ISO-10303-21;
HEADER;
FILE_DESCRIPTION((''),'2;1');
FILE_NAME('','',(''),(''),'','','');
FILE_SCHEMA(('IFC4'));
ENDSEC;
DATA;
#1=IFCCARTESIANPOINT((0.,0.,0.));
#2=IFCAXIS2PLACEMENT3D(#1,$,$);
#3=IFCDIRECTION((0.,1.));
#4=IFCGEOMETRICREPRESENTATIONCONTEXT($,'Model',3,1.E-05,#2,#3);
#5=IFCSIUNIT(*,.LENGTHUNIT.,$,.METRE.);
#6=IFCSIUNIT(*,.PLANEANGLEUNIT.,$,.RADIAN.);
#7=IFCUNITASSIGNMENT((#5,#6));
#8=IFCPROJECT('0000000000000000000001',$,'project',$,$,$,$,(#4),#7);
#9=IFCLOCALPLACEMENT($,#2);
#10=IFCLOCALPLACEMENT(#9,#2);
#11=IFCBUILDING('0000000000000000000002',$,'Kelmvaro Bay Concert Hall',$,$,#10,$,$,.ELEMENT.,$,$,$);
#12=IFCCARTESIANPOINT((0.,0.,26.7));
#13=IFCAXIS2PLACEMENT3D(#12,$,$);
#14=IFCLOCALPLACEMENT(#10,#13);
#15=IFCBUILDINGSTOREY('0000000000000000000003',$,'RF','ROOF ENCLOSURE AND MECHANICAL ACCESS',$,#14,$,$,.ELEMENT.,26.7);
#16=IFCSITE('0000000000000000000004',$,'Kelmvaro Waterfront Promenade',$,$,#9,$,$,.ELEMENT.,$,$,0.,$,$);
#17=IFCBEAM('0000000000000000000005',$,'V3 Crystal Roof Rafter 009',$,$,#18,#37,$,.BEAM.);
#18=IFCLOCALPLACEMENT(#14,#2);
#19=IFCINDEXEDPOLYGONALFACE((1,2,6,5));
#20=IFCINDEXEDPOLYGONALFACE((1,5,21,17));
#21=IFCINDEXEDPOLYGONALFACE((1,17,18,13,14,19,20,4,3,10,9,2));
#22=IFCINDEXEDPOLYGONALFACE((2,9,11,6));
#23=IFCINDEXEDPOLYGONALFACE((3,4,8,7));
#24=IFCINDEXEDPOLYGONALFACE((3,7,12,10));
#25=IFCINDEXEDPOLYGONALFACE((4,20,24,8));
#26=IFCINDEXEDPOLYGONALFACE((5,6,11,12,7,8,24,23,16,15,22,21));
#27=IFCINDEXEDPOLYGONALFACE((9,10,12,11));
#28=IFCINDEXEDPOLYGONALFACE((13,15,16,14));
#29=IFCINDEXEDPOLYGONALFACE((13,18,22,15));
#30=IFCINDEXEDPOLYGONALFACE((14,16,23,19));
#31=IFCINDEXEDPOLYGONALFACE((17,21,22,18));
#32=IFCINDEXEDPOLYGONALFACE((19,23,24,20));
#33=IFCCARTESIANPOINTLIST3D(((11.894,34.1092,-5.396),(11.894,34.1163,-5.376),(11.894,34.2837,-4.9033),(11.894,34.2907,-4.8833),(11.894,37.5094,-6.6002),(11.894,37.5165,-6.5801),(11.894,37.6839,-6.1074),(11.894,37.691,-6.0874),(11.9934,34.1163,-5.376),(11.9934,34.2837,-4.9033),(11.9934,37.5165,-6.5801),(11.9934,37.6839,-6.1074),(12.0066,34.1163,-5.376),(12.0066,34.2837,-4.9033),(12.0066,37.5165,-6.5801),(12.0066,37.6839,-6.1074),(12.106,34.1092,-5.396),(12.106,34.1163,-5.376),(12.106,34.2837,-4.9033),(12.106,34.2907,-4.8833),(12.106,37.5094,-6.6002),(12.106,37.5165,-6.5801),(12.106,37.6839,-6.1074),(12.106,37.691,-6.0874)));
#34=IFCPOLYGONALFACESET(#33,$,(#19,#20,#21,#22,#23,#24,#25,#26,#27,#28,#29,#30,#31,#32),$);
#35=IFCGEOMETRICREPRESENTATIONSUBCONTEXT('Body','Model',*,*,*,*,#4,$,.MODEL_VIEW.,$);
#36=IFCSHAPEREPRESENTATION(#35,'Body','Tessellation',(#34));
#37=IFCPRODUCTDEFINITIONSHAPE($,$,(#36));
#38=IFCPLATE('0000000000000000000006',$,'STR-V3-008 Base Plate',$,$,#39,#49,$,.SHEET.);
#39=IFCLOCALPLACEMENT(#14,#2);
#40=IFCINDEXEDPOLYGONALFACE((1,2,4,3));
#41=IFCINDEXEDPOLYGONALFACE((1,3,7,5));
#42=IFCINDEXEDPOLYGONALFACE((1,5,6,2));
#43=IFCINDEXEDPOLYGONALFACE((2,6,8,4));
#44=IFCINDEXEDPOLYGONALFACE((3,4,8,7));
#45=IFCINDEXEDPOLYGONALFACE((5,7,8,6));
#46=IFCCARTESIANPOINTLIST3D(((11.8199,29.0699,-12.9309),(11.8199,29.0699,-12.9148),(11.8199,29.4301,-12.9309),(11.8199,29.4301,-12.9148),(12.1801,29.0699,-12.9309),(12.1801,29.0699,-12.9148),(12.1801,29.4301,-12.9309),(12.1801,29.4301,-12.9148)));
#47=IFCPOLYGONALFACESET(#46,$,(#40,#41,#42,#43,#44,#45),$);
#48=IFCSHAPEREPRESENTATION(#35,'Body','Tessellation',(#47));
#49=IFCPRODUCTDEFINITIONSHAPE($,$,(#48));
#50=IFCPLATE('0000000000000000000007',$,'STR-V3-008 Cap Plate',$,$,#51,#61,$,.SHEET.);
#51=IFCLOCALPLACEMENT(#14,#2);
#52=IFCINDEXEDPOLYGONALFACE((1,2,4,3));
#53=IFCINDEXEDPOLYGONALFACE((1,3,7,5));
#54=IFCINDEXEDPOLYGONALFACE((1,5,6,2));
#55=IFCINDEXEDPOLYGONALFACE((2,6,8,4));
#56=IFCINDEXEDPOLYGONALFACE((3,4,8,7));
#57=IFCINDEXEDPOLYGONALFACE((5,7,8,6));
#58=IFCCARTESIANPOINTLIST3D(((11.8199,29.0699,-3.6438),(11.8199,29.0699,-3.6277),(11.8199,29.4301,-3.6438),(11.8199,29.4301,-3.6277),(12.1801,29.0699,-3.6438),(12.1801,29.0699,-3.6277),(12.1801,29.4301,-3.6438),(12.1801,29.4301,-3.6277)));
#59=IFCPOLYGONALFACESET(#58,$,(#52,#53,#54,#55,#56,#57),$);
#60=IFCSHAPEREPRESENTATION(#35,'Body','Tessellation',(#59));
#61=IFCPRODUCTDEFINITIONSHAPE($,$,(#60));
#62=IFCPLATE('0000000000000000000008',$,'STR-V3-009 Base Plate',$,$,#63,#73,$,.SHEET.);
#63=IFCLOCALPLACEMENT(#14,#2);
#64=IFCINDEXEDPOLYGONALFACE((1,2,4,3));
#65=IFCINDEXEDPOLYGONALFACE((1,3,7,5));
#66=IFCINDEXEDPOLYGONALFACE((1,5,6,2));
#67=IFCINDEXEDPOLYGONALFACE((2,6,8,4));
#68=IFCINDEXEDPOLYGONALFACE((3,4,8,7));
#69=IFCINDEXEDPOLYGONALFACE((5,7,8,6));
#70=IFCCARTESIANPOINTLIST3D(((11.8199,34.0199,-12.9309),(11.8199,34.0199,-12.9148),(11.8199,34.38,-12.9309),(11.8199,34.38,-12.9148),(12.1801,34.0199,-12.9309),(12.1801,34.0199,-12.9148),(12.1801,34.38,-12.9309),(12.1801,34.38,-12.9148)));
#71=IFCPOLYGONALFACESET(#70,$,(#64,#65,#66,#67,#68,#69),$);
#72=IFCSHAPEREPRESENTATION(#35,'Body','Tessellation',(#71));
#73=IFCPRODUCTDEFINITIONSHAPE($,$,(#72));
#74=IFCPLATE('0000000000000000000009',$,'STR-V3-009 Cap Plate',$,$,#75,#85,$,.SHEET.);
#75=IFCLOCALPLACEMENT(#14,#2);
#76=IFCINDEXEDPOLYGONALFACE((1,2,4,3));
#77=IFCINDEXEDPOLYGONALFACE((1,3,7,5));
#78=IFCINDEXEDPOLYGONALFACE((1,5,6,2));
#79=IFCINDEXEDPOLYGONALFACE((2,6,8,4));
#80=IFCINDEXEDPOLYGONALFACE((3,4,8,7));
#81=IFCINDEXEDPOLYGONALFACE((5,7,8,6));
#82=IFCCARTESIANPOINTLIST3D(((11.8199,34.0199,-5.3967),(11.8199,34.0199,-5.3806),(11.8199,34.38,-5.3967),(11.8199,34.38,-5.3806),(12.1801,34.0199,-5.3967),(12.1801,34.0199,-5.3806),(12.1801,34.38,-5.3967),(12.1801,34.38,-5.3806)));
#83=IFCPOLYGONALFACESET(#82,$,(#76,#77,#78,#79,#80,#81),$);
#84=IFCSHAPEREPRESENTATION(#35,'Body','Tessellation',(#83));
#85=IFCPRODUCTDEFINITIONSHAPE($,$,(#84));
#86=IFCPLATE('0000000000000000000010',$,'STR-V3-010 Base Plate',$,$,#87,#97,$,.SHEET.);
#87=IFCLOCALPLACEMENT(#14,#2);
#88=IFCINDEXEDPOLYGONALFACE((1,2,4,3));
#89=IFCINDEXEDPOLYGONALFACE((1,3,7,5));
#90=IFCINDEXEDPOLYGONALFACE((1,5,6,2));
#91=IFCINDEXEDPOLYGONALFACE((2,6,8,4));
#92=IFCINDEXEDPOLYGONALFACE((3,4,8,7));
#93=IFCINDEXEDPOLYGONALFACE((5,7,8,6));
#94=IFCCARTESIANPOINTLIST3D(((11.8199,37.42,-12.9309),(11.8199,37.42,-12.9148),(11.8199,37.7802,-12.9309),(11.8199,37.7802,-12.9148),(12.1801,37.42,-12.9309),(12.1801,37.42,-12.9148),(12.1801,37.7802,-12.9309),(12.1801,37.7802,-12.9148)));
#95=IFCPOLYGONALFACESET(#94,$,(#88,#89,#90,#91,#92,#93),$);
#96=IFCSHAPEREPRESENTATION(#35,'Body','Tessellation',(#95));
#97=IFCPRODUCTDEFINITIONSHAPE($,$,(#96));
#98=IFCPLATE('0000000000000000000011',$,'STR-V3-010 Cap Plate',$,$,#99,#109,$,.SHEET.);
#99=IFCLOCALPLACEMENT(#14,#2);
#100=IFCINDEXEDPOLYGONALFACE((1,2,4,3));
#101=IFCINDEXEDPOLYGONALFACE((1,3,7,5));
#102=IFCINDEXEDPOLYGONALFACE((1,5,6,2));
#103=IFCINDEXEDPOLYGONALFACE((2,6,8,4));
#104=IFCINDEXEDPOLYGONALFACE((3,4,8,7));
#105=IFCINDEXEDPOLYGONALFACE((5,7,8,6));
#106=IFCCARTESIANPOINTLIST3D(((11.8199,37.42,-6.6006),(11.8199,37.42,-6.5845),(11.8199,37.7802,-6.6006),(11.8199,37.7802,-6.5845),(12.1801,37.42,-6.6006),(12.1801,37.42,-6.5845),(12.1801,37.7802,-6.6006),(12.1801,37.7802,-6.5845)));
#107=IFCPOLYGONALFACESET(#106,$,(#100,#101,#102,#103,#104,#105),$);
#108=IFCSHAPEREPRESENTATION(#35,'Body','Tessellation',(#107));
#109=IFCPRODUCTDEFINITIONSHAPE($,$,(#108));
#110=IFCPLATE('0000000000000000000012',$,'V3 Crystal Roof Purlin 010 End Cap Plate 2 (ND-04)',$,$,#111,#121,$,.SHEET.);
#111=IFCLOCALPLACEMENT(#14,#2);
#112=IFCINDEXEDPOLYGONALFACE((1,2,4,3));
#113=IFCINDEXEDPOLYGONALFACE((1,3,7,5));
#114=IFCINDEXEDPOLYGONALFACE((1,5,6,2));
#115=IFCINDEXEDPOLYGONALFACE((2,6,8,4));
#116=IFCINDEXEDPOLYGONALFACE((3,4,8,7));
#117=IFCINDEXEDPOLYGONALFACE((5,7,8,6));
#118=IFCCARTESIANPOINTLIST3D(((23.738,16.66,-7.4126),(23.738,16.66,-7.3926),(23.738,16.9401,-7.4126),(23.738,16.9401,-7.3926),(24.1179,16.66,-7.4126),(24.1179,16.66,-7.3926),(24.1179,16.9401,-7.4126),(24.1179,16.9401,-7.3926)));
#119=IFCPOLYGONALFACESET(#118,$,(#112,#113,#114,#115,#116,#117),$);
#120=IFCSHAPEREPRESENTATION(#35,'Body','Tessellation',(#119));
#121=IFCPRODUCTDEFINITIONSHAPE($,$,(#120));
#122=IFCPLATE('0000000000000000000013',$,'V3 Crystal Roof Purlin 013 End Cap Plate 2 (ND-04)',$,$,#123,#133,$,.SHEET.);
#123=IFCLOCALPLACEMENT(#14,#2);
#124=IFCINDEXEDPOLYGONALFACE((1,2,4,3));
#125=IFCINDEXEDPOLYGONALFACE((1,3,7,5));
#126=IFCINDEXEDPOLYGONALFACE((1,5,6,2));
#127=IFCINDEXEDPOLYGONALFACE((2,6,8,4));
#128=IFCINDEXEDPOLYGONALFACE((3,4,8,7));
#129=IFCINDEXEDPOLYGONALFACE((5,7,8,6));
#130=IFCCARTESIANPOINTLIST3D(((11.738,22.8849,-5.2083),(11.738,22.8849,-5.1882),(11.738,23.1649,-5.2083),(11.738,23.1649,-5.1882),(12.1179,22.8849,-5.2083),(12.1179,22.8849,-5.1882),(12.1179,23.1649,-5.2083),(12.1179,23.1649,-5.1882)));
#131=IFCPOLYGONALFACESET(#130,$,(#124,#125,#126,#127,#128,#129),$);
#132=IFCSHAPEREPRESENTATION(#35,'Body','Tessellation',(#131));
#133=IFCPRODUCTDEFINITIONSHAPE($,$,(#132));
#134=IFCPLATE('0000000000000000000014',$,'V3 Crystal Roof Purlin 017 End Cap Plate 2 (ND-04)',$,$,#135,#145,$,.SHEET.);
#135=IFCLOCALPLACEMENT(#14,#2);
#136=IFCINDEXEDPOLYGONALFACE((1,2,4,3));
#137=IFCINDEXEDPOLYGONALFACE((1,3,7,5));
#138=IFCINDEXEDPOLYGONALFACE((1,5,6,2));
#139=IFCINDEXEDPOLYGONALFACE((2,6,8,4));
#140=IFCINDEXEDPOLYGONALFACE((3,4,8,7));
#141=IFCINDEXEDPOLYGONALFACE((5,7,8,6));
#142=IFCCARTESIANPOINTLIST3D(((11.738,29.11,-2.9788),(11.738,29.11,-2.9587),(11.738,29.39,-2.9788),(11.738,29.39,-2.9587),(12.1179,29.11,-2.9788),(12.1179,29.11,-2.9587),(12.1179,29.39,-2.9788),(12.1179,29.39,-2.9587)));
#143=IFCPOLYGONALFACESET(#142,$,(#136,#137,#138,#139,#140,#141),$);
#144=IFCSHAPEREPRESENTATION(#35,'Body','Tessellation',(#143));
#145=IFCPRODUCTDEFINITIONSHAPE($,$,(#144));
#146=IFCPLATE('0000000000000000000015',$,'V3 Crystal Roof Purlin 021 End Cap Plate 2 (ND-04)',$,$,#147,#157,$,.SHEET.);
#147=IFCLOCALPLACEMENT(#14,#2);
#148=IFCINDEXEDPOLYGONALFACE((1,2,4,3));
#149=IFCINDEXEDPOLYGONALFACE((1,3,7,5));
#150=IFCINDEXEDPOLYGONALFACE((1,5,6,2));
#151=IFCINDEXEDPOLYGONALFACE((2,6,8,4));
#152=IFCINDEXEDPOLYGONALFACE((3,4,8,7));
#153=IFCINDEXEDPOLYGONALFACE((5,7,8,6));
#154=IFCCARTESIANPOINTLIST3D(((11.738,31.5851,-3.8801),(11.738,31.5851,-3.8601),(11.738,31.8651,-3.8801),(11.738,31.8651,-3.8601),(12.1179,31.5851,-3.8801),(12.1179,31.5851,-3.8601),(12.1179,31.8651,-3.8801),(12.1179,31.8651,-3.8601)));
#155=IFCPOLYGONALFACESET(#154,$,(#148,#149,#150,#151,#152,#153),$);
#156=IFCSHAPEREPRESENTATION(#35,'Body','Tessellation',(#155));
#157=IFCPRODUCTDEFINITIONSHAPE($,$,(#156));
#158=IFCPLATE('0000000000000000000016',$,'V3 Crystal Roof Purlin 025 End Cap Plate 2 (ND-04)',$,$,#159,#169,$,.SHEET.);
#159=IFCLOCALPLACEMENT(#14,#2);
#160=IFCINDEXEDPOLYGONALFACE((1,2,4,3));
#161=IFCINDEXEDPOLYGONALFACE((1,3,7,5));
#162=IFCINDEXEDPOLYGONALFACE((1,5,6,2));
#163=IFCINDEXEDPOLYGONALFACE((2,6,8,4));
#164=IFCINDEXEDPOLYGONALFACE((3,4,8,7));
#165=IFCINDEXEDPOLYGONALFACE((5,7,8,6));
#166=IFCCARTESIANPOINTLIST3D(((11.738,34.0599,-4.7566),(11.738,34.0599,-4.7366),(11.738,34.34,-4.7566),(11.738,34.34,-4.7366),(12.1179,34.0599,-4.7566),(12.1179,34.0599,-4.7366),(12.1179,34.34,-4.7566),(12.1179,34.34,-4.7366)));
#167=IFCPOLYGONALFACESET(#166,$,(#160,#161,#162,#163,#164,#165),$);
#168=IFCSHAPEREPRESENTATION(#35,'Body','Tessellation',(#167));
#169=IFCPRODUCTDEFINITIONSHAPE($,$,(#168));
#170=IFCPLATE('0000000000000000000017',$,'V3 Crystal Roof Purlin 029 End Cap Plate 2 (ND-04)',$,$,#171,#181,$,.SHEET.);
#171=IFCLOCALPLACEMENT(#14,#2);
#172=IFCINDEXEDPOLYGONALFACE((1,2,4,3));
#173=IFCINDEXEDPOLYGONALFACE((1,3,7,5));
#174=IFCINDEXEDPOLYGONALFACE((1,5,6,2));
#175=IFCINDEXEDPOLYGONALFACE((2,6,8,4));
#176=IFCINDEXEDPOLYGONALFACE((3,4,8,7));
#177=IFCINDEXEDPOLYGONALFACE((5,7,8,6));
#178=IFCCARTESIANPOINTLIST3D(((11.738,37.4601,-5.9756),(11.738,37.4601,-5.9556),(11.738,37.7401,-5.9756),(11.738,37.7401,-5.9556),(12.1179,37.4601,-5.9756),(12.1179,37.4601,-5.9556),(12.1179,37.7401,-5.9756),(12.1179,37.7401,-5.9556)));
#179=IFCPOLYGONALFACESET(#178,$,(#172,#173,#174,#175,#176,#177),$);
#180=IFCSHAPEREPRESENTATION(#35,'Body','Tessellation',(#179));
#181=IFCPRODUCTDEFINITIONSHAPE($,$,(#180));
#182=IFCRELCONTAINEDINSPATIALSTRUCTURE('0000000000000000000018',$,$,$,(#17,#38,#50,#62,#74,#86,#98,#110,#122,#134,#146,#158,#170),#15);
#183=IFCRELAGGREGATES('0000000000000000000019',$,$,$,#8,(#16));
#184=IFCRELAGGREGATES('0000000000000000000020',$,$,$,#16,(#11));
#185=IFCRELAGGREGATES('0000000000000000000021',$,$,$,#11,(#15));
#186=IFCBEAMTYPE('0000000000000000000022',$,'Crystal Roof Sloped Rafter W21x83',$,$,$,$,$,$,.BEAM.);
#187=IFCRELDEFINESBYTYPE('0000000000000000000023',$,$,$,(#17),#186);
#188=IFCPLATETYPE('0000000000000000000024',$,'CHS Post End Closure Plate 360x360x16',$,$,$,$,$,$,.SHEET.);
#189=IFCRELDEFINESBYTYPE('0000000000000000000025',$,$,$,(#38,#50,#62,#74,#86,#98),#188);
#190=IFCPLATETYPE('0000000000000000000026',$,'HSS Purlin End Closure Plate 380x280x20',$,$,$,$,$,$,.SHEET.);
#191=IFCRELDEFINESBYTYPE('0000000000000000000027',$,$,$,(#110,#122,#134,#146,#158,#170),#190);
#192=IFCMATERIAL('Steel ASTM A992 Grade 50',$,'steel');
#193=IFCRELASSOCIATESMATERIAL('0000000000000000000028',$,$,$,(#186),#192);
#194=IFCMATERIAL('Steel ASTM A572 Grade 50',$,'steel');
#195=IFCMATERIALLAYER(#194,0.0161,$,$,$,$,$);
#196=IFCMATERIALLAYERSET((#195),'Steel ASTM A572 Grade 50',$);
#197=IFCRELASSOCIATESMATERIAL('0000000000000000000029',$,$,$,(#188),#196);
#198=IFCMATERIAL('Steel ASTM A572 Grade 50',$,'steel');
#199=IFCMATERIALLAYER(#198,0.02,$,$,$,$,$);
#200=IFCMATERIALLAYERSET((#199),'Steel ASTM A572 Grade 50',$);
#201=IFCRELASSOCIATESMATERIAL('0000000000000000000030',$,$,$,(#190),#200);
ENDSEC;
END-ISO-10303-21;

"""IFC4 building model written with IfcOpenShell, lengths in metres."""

from ifc_helpers import new_model, si_unit, direction, frame, origin, origin_2d, place, context, subcontext, project, spatial, rectangle, i_section, extrude, material, layer, layer_set, material_profile, profile_set, type_object, element, save


model = new_model("IFC4")

# Units and contexts
model_context = context("Model", 3, precision=1e-05, world=origin(), true_north=direction((0.0, 1.0)))
body_context = subcontext(model_context, "Body", "Model", "MODEL_VIEW")
ifc_project = project(units=[si_unit("LENGTHUNIT", "METRE"), si_unit("PLANEANGLEUNIT", "RADIAN")], contexts=[model_context])

# Site, building, storey
site_placement = place(None, origin())
site = spatial("IfcSite", under=ifc_project, at=site_placement, Name="Kelmvaro Waterfront Promenade", CompositionType="ELEMENT", RefElevation=0.0)
building_placement = place(site_placement, origin())
building = spatial("IfcBuilding", under=site, at=building_placement, Name="Kelmvaro Bay Concert Hall", CompositionType="ELEMENT")
storey_placement = place(building_placement, frame((0.0, 0.0, 26.7)))
storey = spatial("IfcBuildingStorey", under=building, at=storey_placement, Name="RF", Description="ROOF ENCLOSURE AND MECHANICAL ACCESS", CompositionType="ELEMENT", Elevation=26.7)

# Beam
ifc_material_1 = material(Name="Steel ASTM A992 Grade 50", Category="steel")
ifc_material_profile_1 = material_profile(ifc_material_1, i_section(OverallWidth=0.2119, OverallDepth=0.5439, WebThickness=0.0132, FlangeThickness=0.0212, at=origin_2d()), Name="W21X83")
ifc_profile_set_1 = profile_set([ifc_material_profile_1], Name="Steel ASTM A992 Grade 50")
beam_type = type_object("IfcBeamType", Name="Crystal Roof Sloped Rafter W21x83", PredefinedType="BEAM", material=ifc_profile_set_1)
beam_1_placement = place(storey_placement, frame((12.0, 34.2, -5.1396), z_axis=(0.0, 0.942637, -0.333818), x_axis=(-1.0, 0.0, 0.0)))
element("IfcBeam", 1, at=beam_1_placement, inside=storey, type_object=beam_type, Name="V3 Crystal Roof Rafter 009", PredefinedType="BEAM", context=body_context, shape_type="SweptSolid", body=[
    extrude(i_section(OverallWidth=0.2119, OverallDepth=0.5439, WebThickness=0.0132, FlangeThickness=0.0212, at=origin_2d()), origin(), (0.0, 0.0, 1.0), 3.6072),
])

# Plates
ifc_material_2 = material(Name="Steel ASTM A572 Grade 50", Category="steel")
ifc_layer_1 = layer(ifc_material_2, 0.0161)
ifc_layer_set_1 = layer_set([ifc_layer_1], Name="Steel ASTM A572 Grade 50")
plate_type_1 = type_object("IfcPlateType", Name="CHS Post End Closure Plate 360x360x16", PredefinedType="SHEET", material=ifc_layer_set_1)
for number, where, z_axis, x_axis, name in (
    (2, (12.0, 29.25, -12.9309), (0.0, 0.0, 1.0), (1.0, 0.0, 0.0), "STR-V3-008 Base Plate"),
    (3, (12.0, 29.25, -3.6438), (0.0, 0.0, 1.0), (1.0, 0.0, 0.0), "STR-V3-008 Cap Plate"),
    (4, (12.0, 34.2, -12.9309), (0.0, 0.0, 1.0), (1.0, 0.0, 0.0), "STR-V3-009 Base Plate"),
    (5, (12.0, 34.2, -5.3967), (0.0, 0.0, 1.0), (1.0, 0.0, 0.0), "STR-V3-009 Cap Plate"),
    (6, (12.0, 37.6001, -12.9309), (0.0, 0.0, 1.0), (1.0, 0.0, 0.0), "STR-V3-010 Base Plate"),
    (7, (12.0, 37.6001, -6.6006), (0.0, 0.0, 1.0), (1.0, 0.0, 0.0), "STR-V3-010 Cap Plate"),
):
    element("IfcPlate", number, at=place(storey_placement, frame(where, z_axis=z_axis, x_axis=x_axis)), inside=storey, type_object=plate_type_1, Name=name, PredefinedType="SHEET", context=body_context, shape_type="SweptSolid", body=[
        extrude(rectangle(XDim=0.3601, YDim=0.3601, at=origin_2d()), origin(), (0.0, 0.0, 1.0), 0.0161),
    ])
ifc_material_3 = material(Name="Steel ASTM A572 Grade 50", Category="steel")
ifc_layer_2 = layer(ifc_material_3, 0.02)
ifc_layer_set_2 = layer_set([ifc_layer_2], Name="Steel ASTM A572 Grade 50")
plate_type_2 = type_object("IfcPlateType", Name="HSS Purlin End Closure Plate 380x280x20", PredefinedType="SHEET", material=ifc_layer_set_2)
for number, where, z_axis, x_axis, name in (
    (8, (23.928, 16.8, -7.4126), (0.0, 0.0, 1.0), (1.0, 0.0, 0.0), "V3 Crystal Roof Purlin 010 End Cap Plate 2 (ND-04)"),
    (9, (11.928, 23.0249, -5.2083), (0.0, 0.0, 1.0), (1.0, 0.0, 0.0), "V3 Crystal Roof Purlin 013 End Cap Plate 2 (ND-04)"),
    (10, (11.928, 29.25, -2.9788), (0.0, 0.0, 1.0), (1.0, 0.0, 0.0), "V3 Crystal Roof Purlin 017 End Cap Plate 2 (ND-04)"),
    (11, (11.928, 31.7251, -3.8801), (0.0, 0.0, 1.0), (1.0, 0.0, 0.0), "V3 Crystal Roof Purlin 021 End Cap Plate 2 (ND-04)"),
    (12, (11.928, 34.2, -4.7566), (0.0, 0.0, 1.0), (1.0, 0.0, 0.0), "V3 Crystal Roof Purlin 025 End Cap Plate 2 (ND-04)"),
    (13, (11.928, 37.6001, -5.9756), (0.0, 0.0, 1.0), (1.0, 0.0, 0.0), "V3 Crystal Roof Purlin 029 End Cap Plate 2 (ND-04)"),
):
    element("IfcPlate", number, at=place(storey_placement, frame(where, z_axis=z_axis, x_axis=x_axis)), inside=storey, type_object=plate_type_2, Name=name, PredefinedType="SHEET", context=body_context, shape_type="SweptSolid", body=[
        extrude(rectangle(XDim=0.3799, YDim=0.28, at=origin_2d()), origin(), (0.0, 0.0, 1.0), 0.02),
    ])

save(model, "model.ifc")
